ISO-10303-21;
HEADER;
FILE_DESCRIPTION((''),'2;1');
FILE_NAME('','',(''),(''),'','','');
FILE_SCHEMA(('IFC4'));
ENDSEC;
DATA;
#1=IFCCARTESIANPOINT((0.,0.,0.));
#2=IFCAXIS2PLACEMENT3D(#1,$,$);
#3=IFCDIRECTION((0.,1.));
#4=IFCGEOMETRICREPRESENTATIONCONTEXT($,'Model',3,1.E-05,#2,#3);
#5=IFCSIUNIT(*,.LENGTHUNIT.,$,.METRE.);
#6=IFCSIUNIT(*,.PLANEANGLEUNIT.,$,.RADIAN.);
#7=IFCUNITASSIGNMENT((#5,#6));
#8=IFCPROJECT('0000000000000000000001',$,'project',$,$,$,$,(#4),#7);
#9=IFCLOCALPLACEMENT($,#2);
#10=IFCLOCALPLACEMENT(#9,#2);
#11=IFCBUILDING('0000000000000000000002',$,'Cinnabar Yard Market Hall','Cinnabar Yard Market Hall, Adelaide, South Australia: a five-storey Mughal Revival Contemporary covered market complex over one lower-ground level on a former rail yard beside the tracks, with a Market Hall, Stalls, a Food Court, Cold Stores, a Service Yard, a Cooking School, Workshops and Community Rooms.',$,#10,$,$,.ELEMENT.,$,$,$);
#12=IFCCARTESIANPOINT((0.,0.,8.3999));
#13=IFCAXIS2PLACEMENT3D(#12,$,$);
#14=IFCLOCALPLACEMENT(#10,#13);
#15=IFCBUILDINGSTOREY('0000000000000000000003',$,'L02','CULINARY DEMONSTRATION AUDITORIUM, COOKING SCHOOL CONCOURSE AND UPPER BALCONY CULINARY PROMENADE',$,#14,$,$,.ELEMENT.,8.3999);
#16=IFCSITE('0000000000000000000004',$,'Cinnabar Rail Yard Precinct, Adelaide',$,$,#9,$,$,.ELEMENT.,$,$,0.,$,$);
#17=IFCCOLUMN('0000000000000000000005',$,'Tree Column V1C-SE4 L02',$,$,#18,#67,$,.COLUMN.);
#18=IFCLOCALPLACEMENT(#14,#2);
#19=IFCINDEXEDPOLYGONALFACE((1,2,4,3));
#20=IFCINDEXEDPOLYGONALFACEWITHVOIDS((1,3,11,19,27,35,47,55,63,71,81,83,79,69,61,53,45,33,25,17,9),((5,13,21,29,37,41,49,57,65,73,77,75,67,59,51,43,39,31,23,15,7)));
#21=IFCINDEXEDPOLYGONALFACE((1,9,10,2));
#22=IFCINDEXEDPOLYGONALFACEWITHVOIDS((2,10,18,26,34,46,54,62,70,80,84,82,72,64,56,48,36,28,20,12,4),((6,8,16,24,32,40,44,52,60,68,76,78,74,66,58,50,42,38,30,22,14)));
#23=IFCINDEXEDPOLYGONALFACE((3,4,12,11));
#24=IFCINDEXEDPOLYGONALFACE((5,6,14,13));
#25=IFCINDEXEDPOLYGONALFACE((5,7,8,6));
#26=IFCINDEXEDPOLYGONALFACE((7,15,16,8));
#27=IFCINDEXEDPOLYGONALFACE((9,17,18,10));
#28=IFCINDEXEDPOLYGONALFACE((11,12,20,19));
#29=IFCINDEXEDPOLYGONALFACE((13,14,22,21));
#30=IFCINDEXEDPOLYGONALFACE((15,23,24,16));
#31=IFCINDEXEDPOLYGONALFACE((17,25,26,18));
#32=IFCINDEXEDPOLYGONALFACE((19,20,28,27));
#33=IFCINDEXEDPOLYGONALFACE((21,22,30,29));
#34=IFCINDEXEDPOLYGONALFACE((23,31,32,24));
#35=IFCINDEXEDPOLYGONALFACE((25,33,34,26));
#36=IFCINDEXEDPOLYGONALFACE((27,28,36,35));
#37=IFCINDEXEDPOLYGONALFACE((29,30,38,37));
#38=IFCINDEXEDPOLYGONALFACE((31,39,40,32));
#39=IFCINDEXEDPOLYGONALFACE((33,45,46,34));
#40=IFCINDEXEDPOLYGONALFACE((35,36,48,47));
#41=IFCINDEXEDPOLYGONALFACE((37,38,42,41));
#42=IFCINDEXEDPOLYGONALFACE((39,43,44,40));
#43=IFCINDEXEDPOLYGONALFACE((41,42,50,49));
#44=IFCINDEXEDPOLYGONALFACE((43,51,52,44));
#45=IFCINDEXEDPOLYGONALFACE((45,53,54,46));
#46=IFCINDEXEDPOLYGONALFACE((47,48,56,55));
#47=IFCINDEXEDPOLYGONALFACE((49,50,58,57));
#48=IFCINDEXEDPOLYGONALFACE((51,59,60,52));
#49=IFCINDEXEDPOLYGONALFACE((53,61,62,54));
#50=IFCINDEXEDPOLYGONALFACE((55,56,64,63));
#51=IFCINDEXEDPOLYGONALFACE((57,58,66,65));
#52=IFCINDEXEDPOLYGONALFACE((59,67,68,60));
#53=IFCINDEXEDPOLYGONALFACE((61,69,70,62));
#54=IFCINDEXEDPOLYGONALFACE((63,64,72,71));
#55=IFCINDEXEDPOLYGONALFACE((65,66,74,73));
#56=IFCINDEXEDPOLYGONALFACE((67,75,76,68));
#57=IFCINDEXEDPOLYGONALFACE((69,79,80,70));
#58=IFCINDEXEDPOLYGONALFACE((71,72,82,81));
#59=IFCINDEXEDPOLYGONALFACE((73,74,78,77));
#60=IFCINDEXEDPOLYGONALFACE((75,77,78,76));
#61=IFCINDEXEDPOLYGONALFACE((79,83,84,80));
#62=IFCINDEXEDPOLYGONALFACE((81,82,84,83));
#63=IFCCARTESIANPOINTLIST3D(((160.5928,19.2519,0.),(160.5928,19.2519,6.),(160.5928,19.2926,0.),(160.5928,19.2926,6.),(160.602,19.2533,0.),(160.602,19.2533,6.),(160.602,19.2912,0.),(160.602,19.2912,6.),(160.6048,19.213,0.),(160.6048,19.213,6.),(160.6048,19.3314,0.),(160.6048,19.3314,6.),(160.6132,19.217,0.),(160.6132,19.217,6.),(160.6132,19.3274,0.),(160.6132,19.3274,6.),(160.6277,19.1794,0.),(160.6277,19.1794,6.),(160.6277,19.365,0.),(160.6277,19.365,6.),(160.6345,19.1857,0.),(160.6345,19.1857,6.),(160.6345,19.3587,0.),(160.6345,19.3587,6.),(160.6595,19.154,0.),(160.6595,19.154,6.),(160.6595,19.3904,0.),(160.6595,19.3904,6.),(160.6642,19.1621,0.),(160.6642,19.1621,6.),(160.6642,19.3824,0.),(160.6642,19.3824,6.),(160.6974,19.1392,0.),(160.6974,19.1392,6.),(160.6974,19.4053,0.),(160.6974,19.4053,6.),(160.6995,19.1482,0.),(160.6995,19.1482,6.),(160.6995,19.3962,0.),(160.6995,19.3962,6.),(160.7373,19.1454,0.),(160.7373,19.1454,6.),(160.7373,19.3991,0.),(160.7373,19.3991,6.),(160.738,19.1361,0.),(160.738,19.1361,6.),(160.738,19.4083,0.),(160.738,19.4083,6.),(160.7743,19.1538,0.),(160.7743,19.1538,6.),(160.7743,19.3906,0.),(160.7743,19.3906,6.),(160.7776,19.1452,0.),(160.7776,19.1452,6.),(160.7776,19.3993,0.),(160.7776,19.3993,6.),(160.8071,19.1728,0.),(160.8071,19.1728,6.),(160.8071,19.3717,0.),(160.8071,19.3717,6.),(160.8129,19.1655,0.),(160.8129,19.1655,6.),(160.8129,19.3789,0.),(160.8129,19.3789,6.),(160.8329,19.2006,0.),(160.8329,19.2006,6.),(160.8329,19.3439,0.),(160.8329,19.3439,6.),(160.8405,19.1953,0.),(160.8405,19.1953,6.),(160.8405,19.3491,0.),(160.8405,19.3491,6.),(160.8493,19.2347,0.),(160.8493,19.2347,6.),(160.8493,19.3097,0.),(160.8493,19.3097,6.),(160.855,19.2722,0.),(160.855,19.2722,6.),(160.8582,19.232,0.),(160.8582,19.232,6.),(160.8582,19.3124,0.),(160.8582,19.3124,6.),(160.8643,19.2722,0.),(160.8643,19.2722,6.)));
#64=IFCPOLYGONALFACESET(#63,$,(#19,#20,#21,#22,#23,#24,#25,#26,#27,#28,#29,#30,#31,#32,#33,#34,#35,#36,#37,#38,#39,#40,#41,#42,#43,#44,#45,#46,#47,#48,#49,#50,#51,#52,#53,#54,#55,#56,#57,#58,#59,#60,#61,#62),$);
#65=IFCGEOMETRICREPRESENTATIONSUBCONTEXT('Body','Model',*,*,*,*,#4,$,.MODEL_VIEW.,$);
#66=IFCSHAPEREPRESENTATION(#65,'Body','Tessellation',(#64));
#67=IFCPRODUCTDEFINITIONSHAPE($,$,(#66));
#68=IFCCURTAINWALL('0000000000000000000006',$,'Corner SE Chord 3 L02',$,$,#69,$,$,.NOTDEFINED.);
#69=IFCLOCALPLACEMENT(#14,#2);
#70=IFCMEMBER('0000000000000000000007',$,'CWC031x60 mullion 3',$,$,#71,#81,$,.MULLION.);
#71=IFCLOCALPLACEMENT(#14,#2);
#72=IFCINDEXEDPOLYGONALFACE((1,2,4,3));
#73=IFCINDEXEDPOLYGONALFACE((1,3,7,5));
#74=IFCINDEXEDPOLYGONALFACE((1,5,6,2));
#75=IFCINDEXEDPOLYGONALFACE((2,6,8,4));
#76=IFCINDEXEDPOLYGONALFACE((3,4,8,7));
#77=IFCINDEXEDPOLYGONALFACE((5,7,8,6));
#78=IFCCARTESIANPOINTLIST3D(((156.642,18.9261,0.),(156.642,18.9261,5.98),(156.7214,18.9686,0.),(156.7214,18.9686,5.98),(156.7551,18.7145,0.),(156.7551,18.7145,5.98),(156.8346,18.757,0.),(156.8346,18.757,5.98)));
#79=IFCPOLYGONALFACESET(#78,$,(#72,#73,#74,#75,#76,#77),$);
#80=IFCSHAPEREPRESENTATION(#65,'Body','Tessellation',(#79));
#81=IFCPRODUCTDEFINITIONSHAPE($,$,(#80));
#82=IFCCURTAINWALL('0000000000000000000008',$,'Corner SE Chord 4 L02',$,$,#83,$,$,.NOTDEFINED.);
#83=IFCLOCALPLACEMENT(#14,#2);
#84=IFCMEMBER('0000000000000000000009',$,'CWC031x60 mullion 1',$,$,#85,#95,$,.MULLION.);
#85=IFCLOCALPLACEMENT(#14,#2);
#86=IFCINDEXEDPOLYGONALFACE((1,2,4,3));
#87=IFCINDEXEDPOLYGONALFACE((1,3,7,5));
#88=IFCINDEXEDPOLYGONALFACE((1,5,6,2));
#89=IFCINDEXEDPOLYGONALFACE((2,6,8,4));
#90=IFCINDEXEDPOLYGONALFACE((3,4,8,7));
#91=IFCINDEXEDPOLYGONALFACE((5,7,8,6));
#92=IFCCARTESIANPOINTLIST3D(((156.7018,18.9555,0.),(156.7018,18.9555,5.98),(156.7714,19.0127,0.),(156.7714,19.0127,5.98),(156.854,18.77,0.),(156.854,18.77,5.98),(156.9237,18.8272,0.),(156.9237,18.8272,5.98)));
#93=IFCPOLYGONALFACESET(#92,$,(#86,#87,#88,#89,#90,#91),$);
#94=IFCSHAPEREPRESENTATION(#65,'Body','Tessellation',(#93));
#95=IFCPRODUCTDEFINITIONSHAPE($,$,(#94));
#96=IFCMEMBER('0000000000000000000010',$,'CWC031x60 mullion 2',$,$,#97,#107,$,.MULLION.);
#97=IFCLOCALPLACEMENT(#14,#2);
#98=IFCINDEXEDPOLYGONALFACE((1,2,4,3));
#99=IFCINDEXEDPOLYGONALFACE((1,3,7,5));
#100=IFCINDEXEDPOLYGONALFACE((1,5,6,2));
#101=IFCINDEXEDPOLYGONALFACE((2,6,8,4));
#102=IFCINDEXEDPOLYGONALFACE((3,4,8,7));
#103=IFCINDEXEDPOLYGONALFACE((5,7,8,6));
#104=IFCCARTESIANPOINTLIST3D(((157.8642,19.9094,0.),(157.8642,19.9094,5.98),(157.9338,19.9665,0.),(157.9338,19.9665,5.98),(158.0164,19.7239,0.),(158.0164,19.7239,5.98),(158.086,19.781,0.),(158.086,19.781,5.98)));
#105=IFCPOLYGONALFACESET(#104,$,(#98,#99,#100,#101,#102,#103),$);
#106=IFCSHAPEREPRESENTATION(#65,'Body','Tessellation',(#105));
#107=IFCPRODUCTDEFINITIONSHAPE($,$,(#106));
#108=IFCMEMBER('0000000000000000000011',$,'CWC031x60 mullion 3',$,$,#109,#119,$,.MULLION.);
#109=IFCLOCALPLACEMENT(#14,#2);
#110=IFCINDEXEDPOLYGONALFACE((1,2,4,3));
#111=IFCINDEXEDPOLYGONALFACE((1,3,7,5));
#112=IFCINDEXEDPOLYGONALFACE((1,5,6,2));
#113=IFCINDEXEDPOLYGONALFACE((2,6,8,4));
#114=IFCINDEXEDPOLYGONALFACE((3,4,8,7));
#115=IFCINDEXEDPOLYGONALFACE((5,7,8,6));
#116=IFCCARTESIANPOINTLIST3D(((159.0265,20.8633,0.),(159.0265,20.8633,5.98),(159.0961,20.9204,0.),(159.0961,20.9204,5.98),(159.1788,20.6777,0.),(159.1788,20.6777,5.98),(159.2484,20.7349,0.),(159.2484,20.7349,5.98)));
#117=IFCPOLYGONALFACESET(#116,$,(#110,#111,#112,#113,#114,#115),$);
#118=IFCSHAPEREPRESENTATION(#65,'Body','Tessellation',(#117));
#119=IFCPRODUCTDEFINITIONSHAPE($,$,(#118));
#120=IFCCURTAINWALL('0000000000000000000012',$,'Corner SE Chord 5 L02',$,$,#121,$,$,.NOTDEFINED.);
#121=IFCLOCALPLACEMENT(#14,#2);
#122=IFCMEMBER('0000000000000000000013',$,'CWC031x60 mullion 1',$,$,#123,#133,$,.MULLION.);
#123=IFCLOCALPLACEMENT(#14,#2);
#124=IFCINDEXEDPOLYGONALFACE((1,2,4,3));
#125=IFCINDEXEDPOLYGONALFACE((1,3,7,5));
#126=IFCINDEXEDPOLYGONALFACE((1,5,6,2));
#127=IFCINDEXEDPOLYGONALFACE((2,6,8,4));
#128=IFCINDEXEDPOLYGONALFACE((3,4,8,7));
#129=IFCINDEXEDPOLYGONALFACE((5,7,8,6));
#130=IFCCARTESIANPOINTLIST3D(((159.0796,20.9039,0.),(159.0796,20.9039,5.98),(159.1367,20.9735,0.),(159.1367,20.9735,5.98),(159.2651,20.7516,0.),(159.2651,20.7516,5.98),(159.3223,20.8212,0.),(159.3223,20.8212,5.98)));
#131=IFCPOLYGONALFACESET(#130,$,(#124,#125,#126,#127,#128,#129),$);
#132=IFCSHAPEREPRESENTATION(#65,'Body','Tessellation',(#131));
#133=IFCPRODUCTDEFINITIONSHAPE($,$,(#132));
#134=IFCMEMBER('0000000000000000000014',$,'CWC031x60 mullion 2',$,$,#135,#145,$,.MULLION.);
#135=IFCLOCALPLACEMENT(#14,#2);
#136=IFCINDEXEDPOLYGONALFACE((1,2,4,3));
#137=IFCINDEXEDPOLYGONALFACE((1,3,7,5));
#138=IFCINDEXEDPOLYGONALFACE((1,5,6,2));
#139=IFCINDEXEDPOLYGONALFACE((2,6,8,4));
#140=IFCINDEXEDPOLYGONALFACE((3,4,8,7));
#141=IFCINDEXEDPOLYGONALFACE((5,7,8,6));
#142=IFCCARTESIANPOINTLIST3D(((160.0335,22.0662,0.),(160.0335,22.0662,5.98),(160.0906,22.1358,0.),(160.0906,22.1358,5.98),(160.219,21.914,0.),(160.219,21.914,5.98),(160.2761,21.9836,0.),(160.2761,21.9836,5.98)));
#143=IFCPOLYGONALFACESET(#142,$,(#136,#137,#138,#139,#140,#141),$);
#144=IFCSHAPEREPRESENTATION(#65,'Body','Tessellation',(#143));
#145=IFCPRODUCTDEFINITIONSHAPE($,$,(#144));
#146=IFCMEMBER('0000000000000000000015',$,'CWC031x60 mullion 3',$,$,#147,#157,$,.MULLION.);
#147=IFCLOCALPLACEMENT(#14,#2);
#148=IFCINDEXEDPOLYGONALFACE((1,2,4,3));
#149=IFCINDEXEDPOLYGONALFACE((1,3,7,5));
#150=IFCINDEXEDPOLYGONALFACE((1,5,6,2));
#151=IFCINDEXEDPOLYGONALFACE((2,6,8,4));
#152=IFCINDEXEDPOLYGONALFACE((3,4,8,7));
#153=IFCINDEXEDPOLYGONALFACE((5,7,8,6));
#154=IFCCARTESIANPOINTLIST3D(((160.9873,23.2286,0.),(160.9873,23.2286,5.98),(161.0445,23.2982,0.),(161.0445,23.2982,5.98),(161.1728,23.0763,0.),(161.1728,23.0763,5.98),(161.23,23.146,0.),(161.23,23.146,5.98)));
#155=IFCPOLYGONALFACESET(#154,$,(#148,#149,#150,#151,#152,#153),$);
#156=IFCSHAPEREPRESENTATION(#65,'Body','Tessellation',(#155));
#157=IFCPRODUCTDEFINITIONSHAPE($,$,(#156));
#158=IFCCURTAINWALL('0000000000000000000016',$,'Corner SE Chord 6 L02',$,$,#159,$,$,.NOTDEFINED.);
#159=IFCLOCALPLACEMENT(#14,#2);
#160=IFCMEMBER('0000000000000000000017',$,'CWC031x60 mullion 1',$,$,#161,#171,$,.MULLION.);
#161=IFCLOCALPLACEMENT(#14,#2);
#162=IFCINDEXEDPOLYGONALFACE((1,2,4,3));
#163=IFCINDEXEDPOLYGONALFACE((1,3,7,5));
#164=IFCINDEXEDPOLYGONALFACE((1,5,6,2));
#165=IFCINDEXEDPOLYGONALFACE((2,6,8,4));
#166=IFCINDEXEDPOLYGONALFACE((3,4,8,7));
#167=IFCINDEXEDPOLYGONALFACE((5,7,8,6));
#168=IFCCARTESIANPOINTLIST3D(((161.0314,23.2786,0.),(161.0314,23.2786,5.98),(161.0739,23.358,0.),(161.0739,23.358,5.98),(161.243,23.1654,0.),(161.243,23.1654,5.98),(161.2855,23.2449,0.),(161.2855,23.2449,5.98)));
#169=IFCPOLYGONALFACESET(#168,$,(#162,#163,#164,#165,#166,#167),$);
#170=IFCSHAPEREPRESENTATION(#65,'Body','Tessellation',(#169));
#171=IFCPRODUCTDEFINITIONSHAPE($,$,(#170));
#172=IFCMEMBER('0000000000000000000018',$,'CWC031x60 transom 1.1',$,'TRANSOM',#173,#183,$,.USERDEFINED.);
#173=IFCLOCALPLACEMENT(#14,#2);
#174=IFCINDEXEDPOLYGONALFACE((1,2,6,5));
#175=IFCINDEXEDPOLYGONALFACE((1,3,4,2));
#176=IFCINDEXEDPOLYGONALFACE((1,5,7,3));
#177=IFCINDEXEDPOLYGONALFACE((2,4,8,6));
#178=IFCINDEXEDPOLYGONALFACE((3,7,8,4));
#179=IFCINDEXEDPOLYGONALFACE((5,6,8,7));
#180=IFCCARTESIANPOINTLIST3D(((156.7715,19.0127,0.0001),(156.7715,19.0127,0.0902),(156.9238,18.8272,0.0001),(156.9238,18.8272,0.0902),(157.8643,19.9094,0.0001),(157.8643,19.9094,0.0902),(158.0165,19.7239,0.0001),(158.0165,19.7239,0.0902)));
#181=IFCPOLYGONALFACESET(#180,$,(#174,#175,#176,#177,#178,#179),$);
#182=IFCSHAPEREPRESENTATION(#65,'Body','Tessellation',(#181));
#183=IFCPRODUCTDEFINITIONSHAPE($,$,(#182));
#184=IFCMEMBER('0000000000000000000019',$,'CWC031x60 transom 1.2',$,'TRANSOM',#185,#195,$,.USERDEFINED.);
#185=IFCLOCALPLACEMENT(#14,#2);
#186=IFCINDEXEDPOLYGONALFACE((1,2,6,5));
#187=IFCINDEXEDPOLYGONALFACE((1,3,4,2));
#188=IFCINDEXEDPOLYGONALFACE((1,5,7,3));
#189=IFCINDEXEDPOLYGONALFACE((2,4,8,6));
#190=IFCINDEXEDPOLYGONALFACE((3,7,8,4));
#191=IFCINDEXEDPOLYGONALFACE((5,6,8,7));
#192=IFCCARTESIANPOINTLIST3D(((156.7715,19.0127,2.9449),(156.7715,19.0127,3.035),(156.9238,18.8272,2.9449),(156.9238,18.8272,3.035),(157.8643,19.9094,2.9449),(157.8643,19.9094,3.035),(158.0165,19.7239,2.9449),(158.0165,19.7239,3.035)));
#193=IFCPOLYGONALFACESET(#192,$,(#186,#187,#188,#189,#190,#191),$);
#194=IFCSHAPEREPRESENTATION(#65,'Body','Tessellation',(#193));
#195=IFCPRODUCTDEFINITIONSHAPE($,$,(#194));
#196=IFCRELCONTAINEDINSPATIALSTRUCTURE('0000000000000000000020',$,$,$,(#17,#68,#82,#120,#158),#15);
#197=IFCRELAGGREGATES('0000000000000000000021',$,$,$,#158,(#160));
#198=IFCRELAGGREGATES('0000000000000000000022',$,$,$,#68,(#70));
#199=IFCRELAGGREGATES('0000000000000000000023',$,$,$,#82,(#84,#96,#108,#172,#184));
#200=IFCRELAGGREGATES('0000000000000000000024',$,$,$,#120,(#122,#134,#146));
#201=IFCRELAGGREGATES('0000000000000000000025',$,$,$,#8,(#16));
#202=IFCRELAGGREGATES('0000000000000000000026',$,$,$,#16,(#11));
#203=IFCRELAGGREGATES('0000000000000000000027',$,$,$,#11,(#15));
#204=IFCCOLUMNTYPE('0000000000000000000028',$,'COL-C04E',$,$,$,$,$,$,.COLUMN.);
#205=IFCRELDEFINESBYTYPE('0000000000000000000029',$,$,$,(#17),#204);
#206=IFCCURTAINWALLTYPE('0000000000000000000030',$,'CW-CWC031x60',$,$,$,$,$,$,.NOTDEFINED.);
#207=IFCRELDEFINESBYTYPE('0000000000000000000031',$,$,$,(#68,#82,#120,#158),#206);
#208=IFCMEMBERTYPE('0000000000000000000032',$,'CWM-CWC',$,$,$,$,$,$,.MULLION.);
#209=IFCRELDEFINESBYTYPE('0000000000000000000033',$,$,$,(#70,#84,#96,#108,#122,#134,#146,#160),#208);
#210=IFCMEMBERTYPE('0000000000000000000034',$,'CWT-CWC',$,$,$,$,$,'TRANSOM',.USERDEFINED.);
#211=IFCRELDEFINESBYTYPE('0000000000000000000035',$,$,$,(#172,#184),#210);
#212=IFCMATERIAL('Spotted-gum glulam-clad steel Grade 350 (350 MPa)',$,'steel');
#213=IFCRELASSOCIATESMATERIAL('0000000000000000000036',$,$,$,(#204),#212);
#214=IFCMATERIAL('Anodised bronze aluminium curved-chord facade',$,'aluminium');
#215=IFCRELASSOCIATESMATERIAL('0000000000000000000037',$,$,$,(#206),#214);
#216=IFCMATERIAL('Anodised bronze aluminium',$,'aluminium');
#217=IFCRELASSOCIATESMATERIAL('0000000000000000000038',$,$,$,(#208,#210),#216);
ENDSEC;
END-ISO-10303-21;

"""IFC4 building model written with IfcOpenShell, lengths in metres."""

from ifc_helpers import new_model, si_unit, direction, frame, origin, origin_2d_with_axis, place, context, subcontext, project, spatial, rectangle, hollow_circle, extrude, material, material_profile, profile_set, type_object, element, aggregate, save


model = new_model("IFC4")

# Units and contexts
model_context = context("Model", 3, precision=1e-05, world=origin(), true_north=direction((0.0, 1.0)))
body_context = subcontext(model_context, "Body", "Model", "MODEL_VIEW")
ifc_project = project(units=[si_unit("LENGTHUNIT", "METRE"), si_unit("PLANEANGLEUNIT", "RADIAN")], contexts=[model_context])

# Site, building, storey
site_placement = place(None, origin())
site = spatial("IfcSite", under=ifc_project, at=site_placement, Name="Cinnabar Rail Yard Precinct, Adelaide", CompositionType="ELEMENT", RefElevation=0.0)
building_placement = place(site_placement, origin())
building = spatial("IfcBuilding", under=site, at=building_placement, Name="Cinnabar Yard Market Hall", Description="Cinnabar Yard Market Hall, Adelaide, South Australia: a five-storey Mughal Revival Contemporary covered market complex over one lower-ground level on a former rail yard beside the tracks, with a Market Hall, Stalls, a Food Court, Cold Stores, a Service Yard, a Cooking School, Workshops and Community Rooms.", CompositionType="ELEMENT")
storey_placement = place(building_placement, frame((0.0, 0.0, 8.3999)))
storey = spatial("IfcBuildingStorey", under=building, at=storey_placement, Name="L02", Description="CULINARY DEMONSTRATION AUDITORIUM, COOKING SCHOOL CONCOURSE AND UPPER BALCONY CULINARY PROMENADE", CompositionType="ELEMENT", Elevation=8.3999)

# Column
ifc_material_1 = material(Name="Spotted-gum glulam-clad steel Grade 350 (350 MPa)", Category="steel")
ifc_material_profile_1 = material_profile(ifc_material_1, hollow_circle(Radius=0.1365, WallThickness=0.0093, at=origin_2d_with_axis()), Name="273.1x9.3CHS")
ifc_profile_set_1 = profile_set([ifc_material_profile_1], Name="Spotted-gum glulam-clad steel Grade 350 (350 MPa)")
column_type = type_object("IfcColumnType", Name="COL-C04E", PredefinedType="COLUMN", material=ifc_profile_set_1)
column_placement = place(storey_placement, frame((160.7278, 19.2722, 0.0), z_axis=(0.0, 0.0, 1.0), x_axis=(1.0, 0.0, 0.0)))
element("IfcColumn", 1, at=column_placement, inside=storey, type_object=column_type, Name="Tree Column V1C-SE4 L02", PredefinedType="COLUMN", context=body_context, shape_type="SweptSolid", body=[
    extrude(hollow_circle(Radius=0.1365, WallThickness=0.0093, at=origin_2d_with_axis()), origin(), (0.0, 0.0, 1.0), 6.0),
])

# Curtain wall, member
ifc_material_2 = material(Name="Anodised bronze aluminium curved-chord facade", Category="aluminium")
curtain_wall_type = type_object("IfcCurtainWallType", Name="CW-CWC031x60", PredefinedType="NOTDEFINED", material=ifc_material_2)
curtain_wall_1_placement = place(storey_placement, origin())
curtain_wall_1 = element("IfcCurtainWall", 2, at=curtain_wall_1_placement, inside=storey, type_object=curtain_wall_type, Name="Corner SE Chord 3 L02", PredefinedType="NOTDEFINED")
ifc_material_3 = material(Name="Anodised bronze aluminium", Category="aluminium")
ifc_material_profile_2 = material_profile(ifc_material_3, rectangle(XDim=0.24, YDim=0.0901, at=origin_2d_with_axis()), Name="MUL-CWC")
ifc_profile_set_2 = profile_set([ifc_material_profile_2], Name="Anodised bronze aluminium")
member_type_1 = type_object("IfcMemberType", Name="CWM-CWC", PredefinedType="MULLION", material=ifc_profile_set_2)
member_1_placement = place(storey_placement, frame((156.7383, 18.8416, 0.0), z_axis=(0.0, 0.0, 1.0), x_axis=(-0.471404, 0.881917, 0.0)))
member_1 = element("IfcMember", 3, at=member_1_placement, type_object=member_type_1, Name="CWC031x60 mullion 3", PredefinedType="MULLION", context=body_context, shape_type="SweptSolid", body=[
    extrude(rectangle(XDim=0.24, YDim=0.0901, at=origin_2d_with_axis()), origin(), (0.0, 0.0, 1.0), 5.98),
])

# Curtain walls, members
curtain_wall_2_placement = place(storey_placement, origin())
curtain_wall_2 = element("IfcCurtainWall", 4, at=curtain_wall_2_placement, inside=storey, type_object=curtain_wall_type, Name="Corner SE Chord 4 L02", PredefinedType="NOTDEFINED")
member_2_placement = place(storey_placement, frame((156.8127, 18.8914, 0.0), z_axis=(0.0, 0.0, 1.0), x_axis=(-0.634383, 0.773019, 0.0)))
member_2 = element("IfcMember", 5, at=member_2_placement, type_object=member_type_1, Name="CWC031x60 mullion 1", PredefinedType="MULLION", context=body_context, shape_type="SweptSolid", body=[
    extrude(rectangle(XDim=0.24, YDim=0.0901, at=origin_2d_with_axis()), origin(), (0.0, 0.0, 1.0), 5.98),
])
member_3_placement = place(storey_placement, frame((157.9751, 19.8452, 0.0), z_axis=(0.0, 0.0, 1.0), x_axis=(-0.634383, 0.773019, 0.0)))
member_3 = element("IfcMember", 6, at=member_3_placement, type_object=member_type_1, Name="CWC031x60 mullion 2", PredefinedType="MULLION", context=body_context, shape_type="SweptSolid", body=[
    extrude(rectangle(XDim=0.24, YDim=0.0901, at=origin_2d_with_axis()), origin(), (0.0, 0.0, 1.0), 5.98),
])
member_4_placement = place(storey_placement, frame((159.1375, 20.7991, 0.0), z_axis=(0.0, 0.0, 1.0), x_axis=(-0.634383, 0.773019, 0.0)))
member_4 = element("IfcMember", 7, at=member_4_placement, type_object=member_type_1, Name="CWC031x60 mullion 3", PredefinedType="MULLION", context=body_context, shape_type="SweptSolid", body=[
    extrude(rectangle(XDim=0.24, YDim=0.0901, at=origin_2d_with_axis()), origin(), (0.0, 0.0, 1.0), 5.98),
])
curtain_wall_3_placement = place(storey_placement, origin())
curtain_wall_3 = element("IfcCurtainWall", 8, at=curtain_wall_3_placement, inside=storey, type_object=curtain_wall_type, Name="Corner SE Chord 5 L02", PredefinedType="NOTDEFINED")
member_5_placement = place(storey_placement, frame((159.2009, 20.8625, 0.0), z_axis=(0.0, 0.0, 1.0), x_axis=(-0.773019, 0.634383, 0.0)))
member_5 = element("IfcMember", 9, at=member_5_placement, type_object=member_type_1, Name="CWC031x60 mullion 1", PredefinedType="MULLION", context=body_context, shape_type="SweptSolid", body=[
    extrude(rectangle(XDim=0.24, YDim=0.0901, at=origin_2d_with_axis()), origin(), (0.0, 0.0, 1.0), 5.98),
])
member_6_placement = place(storey_placement, frame((160.1548, 22.0249, 0.0), z_axis=(0.0, 0.0, 1.0), x_axis=(-0.773019, 0.634383, 0.0)))
member_6 = element("IfcMember", 10, at=member_6_placement, type_object=member_type_1, Name="CWC031x60 mullion 2", PredefinedType="MULLION", context=body_context, shape_type="SweptSolid", body=[
    extrude(rectangle(XDim=0.24, YDim=0.0901, at=origin_2d_with_axis()), origin(), (0.0, 0.0, 1.0), 5.98),
])
member_7_placement = place(storey_placement, frame((161.1086, 23.1873, 0.0), z_axis=(0.0, 0.0, 1.0), x_axis=(-0.773019, 0.634383, 0.0)))
member_7 = element("IfcMember", 11, at=member_7_placement, type_object=member_type_1, Name="CWC031x60 mullion 3", PredefinedType="MULLION", context=body_context, shape_type="SweptSolid", body=[
    extrude(rectangle(XDim=0.24, YDim=0.0901, at=origin_2d_with_axis()), origin(), (0.0, 0.0, 1.0), 5.98),
])

# Curtain wall, member
curtain_wall_4_placement = place(storey_placement, origin())
curtain_wall_4 = element("IfcCurtainWall", 12, at=curtain_wall_4_placement, inside=storey, type_object=curtain_wall_type, Name="Corner SE Chord 6 L02", PredefinedType="NOTDEFINED")
member_8_placement = place(storey_placement, frame((161.1584, 23.2617, 0.0), z_axis=(0.0, 0.0, 1.0), x_axis=(-0.881917, 0.471404, 0.0)))
member_8 = element("IfcMember", 13, at=member_8_placement, type_object=member_type_1, Name="CWC031x60 mullion 1", PredefinedType="MULLION", context=body_context, shape_type="SweptSolid", body=[
    extrude(rectangle(XDim=0.24, YDim=0.0901, at=origin_2d_with_axis()), origin(), (0.0, 0.0, 1.0), 5.98),
])
aggregate(curtain_wall_4, [member_8])

# Members
ifc_material_profile_3 = material_profile(ifc_material_3, rectangle(XDim=0.24, YDim=0.0901, at=origin_2d_with_axis()), Name="TRN-CWC")
ifc_profile_set_3 = profile_set([ifc_material_profile_3], Name="Anodised bronze aluminium")
member_type_2 = type_object("IfcMemberType", Name="CWT-CWC", ElementType="TRANSOM", PredefinedType="USERDEFINED", material=ifc_profile_set_3)
member_9_placement = place(storey_placement, frame((156.8477, 18.9199, 0.0452), z_axis=(0.773041, 0.634356, 0.0), x_axis=(-0.634356, 0.773041, 0.0)))
member_9 = element("IfcMember", 14, at=member_9_placement, type_object=member_type_2, Name="CWC031x60 transom 1.1", ObjectType="TRANSOM", PredefinedType="USERDEFINED", context=body_context, shape_type="SweptSolid", body=[
    extrude(rectangle(XDim=0.24, YDim=0.0901, at=origin_2d_with_axis()), origin(), (0.0, 0.0, 1.0), 1.4136),
])
member_10_placement = place(storey_placement, frame((156.8477, 18.9199, 2.99), z_axis=(0.773041, 0.634356, 0.0), x_axis=(-0.634356, 0.773041, 0.0)))
member_10 = element("IfcMember", 15, at=member_10_placement, type_object=member_type_2, Name="CWC031x60 transom 1.2", ObjectType="TRANSOM", PredefinedType="USERDEFINED", context=body_context, shape_type="SweptSolid", body=[
    extrude(rectangle(XDim=0.24, YDim=0.0901, at=origin_2d_with_axis()), origin(), (0.0, 0.0, 1.0), 1.4136),
])

aggregate(curtain_wall_1, [member_1])
aggregate(curtain_wall_2, [member_2, member_3, member_4, member_9, member_10])
aggregate(curtain_wall_3, [member_5, member_6, member_7])

save(model, "model.ifc")
